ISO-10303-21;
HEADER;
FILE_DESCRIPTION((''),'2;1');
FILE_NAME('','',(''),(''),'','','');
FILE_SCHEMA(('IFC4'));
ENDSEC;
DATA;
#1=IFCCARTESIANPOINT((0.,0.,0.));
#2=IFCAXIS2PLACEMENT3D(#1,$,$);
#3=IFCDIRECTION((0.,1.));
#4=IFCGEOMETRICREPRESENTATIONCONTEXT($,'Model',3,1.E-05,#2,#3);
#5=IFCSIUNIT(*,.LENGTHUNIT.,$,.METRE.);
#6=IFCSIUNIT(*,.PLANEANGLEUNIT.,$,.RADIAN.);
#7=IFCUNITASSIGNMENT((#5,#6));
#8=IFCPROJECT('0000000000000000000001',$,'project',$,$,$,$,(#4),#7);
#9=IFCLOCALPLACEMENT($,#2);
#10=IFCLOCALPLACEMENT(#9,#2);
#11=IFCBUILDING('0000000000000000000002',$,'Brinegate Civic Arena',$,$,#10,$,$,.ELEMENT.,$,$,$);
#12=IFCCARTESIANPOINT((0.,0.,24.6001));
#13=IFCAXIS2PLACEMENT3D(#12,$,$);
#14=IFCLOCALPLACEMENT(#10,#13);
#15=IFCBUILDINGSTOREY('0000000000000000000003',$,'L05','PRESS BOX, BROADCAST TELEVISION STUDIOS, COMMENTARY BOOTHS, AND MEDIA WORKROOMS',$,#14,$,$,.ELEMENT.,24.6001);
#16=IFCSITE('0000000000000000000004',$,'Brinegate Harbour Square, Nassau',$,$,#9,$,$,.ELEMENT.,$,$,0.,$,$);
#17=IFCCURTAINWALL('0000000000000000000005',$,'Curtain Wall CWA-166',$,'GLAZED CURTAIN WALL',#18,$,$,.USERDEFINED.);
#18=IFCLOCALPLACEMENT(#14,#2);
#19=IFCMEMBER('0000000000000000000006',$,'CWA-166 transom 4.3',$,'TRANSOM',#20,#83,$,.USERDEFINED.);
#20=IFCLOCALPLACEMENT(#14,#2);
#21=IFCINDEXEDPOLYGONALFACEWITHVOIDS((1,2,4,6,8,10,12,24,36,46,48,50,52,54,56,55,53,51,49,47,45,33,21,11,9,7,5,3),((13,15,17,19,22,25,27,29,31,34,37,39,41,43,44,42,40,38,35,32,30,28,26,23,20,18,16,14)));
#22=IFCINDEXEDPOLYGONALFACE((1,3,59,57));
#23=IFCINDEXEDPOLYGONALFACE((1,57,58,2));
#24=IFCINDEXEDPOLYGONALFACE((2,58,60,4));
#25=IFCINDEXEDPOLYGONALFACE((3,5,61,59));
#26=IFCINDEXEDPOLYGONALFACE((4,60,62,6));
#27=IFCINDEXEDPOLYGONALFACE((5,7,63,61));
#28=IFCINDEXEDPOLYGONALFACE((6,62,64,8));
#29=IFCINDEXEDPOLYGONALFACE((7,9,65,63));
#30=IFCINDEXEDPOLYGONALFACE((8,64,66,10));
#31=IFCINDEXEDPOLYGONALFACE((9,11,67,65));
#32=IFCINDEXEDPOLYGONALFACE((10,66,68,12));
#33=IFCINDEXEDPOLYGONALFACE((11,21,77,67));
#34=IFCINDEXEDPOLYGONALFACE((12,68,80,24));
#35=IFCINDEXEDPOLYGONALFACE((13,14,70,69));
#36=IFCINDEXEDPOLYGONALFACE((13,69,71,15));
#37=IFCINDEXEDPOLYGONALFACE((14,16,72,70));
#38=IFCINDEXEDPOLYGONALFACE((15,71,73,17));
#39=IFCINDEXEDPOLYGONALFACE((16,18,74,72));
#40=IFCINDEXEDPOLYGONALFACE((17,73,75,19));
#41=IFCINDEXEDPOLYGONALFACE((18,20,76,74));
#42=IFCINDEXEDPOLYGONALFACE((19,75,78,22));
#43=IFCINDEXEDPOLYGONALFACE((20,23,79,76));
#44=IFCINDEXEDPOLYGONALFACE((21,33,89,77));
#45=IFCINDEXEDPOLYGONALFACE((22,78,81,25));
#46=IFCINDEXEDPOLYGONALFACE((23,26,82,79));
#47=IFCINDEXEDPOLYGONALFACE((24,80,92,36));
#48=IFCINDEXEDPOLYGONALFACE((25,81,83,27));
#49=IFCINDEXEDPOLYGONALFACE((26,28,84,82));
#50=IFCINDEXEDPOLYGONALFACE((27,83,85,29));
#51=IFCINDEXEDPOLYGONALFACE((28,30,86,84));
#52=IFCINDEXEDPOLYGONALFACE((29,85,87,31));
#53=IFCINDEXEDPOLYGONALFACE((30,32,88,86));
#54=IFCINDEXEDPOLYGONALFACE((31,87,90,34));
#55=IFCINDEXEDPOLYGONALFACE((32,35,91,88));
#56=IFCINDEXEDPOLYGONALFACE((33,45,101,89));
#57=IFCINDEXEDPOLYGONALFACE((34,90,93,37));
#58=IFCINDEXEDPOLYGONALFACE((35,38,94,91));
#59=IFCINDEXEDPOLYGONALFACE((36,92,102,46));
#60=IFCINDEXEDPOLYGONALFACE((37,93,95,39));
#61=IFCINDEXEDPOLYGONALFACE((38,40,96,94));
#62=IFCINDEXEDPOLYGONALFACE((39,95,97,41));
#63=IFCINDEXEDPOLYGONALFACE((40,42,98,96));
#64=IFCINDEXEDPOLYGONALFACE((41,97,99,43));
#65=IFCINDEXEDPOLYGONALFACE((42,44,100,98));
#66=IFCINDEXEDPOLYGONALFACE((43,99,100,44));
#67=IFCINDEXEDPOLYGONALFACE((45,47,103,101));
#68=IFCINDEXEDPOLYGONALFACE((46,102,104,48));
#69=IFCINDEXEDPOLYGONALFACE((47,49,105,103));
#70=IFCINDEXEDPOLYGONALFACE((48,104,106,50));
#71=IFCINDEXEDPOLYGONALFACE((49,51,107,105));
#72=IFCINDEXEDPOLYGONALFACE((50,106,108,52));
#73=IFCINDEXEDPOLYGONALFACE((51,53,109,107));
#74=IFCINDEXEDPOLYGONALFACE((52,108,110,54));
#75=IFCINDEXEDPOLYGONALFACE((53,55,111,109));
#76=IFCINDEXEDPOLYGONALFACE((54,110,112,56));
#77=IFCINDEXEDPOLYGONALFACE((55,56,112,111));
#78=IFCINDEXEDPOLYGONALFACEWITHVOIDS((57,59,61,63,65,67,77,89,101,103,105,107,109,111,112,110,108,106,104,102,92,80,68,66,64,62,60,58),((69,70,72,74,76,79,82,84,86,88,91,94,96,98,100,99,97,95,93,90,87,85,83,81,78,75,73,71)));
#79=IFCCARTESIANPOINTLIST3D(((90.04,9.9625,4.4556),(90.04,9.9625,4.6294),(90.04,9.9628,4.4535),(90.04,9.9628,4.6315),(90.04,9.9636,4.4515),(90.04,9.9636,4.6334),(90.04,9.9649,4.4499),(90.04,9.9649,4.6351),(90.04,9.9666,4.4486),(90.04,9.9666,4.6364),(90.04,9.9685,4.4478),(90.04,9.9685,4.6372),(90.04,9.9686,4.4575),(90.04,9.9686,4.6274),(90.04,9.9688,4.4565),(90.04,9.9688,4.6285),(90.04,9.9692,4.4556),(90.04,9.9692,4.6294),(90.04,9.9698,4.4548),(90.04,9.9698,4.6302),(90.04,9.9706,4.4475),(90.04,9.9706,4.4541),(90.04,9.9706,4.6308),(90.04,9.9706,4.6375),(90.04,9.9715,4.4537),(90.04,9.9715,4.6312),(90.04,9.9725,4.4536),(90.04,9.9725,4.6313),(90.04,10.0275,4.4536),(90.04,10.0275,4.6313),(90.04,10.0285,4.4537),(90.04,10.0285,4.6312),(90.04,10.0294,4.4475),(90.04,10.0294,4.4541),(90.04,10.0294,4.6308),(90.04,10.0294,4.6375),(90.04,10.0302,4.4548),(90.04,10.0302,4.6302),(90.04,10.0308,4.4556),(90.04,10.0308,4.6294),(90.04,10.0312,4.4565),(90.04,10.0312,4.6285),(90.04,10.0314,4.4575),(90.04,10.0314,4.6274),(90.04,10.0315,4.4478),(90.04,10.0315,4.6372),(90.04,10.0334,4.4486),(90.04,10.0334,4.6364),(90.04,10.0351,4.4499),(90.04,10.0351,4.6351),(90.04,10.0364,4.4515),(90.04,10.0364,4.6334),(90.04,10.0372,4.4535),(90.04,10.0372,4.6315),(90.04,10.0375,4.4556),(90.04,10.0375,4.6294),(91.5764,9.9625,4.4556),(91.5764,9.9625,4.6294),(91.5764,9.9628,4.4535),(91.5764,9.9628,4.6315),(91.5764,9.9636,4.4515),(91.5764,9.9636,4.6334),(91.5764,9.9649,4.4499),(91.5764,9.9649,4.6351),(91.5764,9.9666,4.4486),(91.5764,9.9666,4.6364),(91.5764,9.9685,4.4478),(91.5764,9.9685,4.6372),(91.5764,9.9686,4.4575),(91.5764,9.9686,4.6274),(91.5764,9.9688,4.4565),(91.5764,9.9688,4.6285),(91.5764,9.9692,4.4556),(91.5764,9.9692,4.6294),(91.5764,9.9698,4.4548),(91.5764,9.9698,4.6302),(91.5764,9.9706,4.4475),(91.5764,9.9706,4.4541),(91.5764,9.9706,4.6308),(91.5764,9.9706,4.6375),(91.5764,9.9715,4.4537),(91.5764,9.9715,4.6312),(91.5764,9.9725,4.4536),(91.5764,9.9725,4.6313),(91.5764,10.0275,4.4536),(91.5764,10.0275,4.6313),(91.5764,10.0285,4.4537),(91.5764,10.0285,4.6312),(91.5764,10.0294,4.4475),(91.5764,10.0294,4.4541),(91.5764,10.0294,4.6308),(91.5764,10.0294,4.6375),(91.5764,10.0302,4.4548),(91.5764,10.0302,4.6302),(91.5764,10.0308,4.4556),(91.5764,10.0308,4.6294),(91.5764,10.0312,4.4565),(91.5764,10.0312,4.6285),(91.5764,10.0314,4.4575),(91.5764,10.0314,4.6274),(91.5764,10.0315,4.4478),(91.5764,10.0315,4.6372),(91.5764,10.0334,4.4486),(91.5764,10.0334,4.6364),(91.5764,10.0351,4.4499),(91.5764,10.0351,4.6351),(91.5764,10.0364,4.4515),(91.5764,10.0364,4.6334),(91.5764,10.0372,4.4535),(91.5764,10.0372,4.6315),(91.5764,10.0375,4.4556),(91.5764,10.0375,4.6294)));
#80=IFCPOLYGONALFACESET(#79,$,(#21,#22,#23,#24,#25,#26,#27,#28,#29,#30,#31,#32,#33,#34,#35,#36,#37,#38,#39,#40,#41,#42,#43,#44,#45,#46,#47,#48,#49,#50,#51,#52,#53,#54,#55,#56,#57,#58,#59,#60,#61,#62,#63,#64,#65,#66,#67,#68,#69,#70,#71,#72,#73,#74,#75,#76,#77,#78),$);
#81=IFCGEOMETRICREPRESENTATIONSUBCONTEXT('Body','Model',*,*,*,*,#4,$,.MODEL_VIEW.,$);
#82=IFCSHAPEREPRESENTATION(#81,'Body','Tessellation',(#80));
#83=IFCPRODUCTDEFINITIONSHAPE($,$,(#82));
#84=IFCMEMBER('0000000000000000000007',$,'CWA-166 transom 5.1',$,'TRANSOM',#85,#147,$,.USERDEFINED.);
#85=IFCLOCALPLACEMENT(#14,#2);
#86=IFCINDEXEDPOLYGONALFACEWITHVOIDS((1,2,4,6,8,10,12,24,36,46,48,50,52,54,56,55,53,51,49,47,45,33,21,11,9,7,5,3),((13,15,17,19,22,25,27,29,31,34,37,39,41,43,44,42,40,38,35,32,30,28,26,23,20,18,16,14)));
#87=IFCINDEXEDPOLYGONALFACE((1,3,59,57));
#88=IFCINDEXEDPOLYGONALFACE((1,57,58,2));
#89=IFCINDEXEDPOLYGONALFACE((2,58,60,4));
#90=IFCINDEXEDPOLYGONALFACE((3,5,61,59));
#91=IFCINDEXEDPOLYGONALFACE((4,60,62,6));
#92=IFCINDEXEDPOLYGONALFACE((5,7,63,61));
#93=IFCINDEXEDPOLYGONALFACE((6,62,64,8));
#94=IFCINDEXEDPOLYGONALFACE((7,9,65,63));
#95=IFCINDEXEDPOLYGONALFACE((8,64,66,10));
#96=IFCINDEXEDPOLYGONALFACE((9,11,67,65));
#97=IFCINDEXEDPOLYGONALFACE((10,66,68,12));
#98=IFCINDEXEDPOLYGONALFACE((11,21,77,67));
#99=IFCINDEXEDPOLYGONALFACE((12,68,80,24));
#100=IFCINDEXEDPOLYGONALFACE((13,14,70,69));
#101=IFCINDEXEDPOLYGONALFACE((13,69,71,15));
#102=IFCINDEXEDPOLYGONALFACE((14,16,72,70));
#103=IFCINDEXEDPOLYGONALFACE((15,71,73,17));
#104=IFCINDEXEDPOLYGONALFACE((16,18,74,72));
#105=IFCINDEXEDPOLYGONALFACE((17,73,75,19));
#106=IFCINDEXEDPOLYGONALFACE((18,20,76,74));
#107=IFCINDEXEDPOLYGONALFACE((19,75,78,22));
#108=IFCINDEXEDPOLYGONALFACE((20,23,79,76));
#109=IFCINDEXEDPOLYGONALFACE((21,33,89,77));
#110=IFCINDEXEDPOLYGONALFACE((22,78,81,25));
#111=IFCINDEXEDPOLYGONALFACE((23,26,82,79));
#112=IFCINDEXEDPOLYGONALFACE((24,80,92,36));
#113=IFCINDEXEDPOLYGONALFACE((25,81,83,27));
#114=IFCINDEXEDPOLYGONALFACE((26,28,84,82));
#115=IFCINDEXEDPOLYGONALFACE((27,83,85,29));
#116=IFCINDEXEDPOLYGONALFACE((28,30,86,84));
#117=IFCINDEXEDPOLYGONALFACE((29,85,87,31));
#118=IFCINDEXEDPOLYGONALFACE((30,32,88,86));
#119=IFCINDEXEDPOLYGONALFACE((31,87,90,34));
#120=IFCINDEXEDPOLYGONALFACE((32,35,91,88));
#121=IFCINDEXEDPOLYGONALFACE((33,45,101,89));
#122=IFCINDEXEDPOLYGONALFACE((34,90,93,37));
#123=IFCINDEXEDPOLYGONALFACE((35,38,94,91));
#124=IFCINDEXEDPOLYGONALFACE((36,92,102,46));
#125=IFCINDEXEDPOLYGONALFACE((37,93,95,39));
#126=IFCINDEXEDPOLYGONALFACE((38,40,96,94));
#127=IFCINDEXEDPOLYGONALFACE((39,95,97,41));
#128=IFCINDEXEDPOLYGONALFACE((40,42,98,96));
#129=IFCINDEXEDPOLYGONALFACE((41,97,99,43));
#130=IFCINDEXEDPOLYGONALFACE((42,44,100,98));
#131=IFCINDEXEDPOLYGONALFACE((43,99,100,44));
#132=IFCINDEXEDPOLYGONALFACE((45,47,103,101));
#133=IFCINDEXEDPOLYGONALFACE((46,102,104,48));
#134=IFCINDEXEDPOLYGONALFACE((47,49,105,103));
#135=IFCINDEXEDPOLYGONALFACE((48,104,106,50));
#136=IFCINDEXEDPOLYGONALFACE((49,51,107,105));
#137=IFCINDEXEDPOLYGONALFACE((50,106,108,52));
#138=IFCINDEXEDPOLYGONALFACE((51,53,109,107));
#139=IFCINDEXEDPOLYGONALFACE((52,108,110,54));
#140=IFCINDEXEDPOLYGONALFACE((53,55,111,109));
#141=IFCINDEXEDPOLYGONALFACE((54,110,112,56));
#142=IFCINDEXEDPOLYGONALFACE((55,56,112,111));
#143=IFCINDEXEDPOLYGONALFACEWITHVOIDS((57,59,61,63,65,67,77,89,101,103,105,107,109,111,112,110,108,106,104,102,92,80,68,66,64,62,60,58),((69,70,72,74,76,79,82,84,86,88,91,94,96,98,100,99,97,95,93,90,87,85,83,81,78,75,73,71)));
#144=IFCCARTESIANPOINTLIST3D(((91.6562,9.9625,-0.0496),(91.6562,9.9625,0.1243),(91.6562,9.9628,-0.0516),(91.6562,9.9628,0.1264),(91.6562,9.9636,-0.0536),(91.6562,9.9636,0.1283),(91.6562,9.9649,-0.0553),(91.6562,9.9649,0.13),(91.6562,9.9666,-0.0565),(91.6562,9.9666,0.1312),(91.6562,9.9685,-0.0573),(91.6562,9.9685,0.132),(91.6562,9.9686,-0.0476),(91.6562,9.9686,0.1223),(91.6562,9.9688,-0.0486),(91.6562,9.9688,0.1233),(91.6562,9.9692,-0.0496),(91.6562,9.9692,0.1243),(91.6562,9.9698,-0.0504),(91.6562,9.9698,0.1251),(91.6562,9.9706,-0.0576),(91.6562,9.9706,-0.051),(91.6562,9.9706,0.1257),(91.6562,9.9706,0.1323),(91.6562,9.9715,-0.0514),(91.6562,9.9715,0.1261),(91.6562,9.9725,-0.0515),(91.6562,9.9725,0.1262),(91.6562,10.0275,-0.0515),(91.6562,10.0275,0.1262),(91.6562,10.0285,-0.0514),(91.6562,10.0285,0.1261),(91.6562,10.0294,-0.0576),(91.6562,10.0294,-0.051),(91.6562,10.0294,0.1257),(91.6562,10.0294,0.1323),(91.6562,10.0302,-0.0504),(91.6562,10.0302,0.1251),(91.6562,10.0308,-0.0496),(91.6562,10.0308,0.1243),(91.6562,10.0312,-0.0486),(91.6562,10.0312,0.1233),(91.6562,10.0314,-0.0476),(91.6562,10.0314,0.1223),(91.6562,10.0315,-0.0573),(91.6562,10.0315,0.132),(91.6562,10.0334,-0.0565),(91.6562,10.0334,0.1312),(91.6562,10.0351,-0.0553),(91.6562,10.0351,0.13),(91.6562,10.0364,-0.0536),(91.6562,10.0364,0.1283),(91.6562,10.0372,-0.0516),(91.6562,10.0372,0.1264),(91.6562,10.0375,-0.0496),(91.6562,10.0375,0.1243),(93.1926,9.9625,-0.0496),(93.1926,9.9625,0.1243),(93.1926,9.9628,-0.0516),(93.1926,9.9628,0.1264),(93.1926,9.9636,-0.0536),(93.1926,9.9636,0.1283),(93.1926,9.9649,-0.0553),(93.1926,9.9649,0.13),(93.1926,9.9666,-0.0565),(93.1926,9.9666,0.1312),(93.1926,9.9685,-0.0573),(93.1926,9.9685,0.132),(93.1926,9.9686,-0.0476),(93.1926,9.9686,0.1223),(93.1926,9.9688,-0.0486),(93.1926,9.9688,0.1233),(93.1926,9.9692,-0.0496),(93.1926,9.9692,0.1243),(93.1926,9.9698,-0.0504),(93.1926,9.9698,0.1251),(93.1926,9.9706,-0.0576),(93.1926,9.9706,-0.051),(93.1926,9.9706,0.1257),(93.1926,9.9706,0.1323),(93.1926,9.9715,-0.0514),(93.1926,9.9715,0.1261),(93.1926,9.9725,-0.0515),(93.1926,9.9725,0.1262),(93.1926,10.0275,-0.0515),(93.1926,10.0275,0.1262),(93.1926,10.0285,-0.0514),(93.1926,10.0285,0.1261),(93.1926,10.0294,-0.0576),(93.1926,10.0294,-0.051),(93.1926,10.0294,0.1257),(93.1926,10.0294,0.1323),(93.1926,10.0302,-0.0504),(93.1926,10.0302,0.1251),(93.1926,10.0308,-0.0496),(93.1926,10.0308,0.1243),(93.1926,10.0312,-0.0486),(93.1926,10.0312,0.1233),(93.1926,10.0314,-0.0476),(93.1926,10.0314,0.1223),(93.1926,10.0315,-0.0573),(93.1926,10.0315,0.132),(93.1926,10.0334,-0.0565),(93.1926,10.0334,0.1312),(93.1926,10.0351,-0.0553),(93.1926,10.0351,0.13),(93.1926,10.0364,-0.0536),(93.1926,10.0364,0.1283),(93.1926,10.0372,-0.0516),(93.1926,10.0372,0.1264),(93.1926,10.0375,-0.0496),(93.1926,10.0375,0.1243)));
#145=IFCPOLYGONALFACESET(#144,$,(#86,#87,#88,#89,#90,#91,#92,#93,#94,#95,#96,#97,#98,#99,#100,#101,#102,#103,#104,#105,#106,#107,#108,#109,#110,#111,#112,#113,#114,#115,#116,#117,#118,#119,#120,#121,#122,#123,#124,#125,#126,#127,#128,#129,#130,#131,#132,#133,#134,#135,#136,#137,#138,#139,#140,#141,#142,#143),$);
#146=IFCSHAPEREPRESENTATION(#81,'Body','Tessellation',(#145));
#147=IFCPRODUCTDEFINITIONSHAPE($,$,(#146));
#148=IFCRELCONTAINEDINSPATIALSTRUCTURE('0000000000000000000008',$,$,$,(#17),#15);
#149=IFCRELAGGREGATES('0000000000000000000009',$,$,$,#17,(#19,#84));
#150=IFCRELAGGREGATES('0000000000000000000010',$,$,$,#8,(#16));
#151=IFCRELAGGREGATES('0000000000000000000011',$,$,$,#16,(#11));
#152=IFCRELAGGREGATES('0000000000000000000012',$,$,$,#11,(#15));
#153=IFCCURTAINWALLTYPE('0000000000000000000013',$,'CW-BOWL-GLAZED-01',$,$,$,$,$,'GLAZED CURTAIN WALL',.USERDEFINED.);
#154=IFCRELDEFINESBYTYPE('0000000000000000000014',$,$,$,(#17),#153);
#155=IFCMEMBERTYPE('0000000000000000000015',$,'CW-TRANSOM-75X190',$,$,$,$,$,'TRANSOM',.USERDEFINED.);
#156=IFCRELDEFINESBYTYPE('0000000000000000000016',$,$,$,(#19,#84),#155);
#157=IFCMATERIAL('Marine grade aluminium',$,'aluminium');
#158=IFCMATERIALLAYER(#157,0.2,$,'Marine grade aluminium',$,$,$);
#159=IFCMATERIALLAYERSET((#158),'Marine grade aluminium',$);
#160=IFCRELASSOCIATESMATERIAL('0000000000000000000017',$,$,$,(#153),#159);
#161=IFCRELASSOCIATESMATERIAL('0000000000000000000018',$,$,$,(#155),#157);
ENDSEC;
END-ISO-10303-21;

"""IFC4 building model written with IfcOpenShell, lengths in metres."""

from ifc_helpers import new_model, si_unit, direction, frame, origin, origin_2d, place, context, subcontext, project, spatial, hollow_rectangle, extrude, material, layer, layer_set, material_profile, profile_set, type_object, element, aggregate, save


model = new_model("IFC4")

# Units and contexts
model_context = context("Model", 3, precision=1e-05, world=origin(), true_north=direction((0.0, 1.0)))
body_context = subcontext(model_context, "Body", "Model", "MODEL_VIEW")
ifc_project = project(units=[si_unit("LENGTHUNIT", "METRE"), si_unit("PLANEANGLEUNIT", "RADIAN")], contexts=[model_context])

# Site, building, storey
site_placement = place(None, origin())
site = spatial("IfcSite", under=ifc_project, at=site_placement, Name="Brinegate Harbour Square, Nassau", CompositionType="ELEMENT", RefElevation=0.0)
building_placement = place(site_placement, origin())
building = spatial("IfcBuilding", under=site, at=building_placement, Name="Brinegate Civic Arena", CompositionType="ELEMENT")
storey_placement = place(building_placement, frame((0.0, 0.0, 24.6001)))
storey = spatial("IfcBuildingStorey", under=building, at=storey_placement, Name="L05", Description="PRESS BOX, BROADCAST TELEVISION STUDIOS, COMMENTARY BOOTHS, AND MEDIA WORKROOMS", CompositionType="ELEMENT", Elevation=24.6001)

# Shared definitions
ifc_material_1 = material(Name="Marine grade aluminium", Category="aluminium")
ifc_layer_1 = layer(ifc_material_1, 0.2, Name="Marine grade aluminium")
ifc_layer_set_1 = layer_set([ifc_layer_1], Name="Marine grade aluminium")
curtain_wall_type = type_object("IfcCurtainWallType", Name="CW-BOWL-GLAZED-01", ElementType="GLAZED CURTAIN WALL", PredefinedType="USERDEFINED", material=ifc_layer_set_1)

# Curtain wall
curtain_wall_1_placement = place(storey_placement, origin())
curtain_wall_1 = element("IfcCurtainWall", 1, at=curtain_wall_1_placement, inside=storey, type_object=curtain_wall_type, Name="Curtain Wall CWA-166", ObjectType="GLAZED CURTAIN WALL", PredefinedType="USERDEFINED")

# Members
ifc_material_profile_1 = material_profile(ifc_material_1, hollow_rectangle(XDim=0.075, YDim=0.1899, WallThickness=0.0061, InnerFilletRadius=0.0039, OuterFilletRadius=0.0081, at=origin_2d()), Name="TRN75X190")
ifc_profile_set_1 = profile_set([ifc_material_profile_1], Name="Marine grade aluminium")
member_type_1 = type_object("IfcMemberType", Name="CW-TRANSOM-75X190", ElementType="TRANSOM", PredefinedType="USERDEFINED", material=ifc_profile_set_1)
member_1_placement = place(storey_placement, frame((90.04, 10.0, 4.5425), z_axis=(1.0, 0.0, 0.0), x_axis=(0.0, 1.0, 0.0)))
member_1 = element("IfcMember", 2, at=member_1_placement, type_object=member_type_1, Name="CWA-166 transom 4.3", ObjectType="TRANSOM", PredefinedType="USERDEFINED", context=body_context, shape_type="SweptSolid", body=[
    extrude(hollow_rectangle(XDim=0.075, YDim=0.1899, WallThickness=0.0061, InnerFilletRadius=0.0039, OuterFilletRadius=0.0081, at=origin_2d()), origin(), (0.0, 0.0, 1.0), 1.5364),
])
member_2_placement = place(storey_placement, frame((91.6562, 10.0, 0.0374), z_axis=(1.0, 0.0, 0.0), x_axis=(0.0, 1.0, 0.0)))
member_2 = element("IfcMember", 3, at=member_2_placement, type_object=member_type_1, Name="CWA-166 transom 5.1", ObjectType="TRANSOM", PredefinedType="USERDEFINED", context=body_context, shape_type="SweptSolid", body=[
    extrude(hollow_rectangle(XDim=0.075, YDim=0.1899, WallThickness=0.0061, InnerFilletRadius=0.0039, OuterFilletRadius=0.0081, at=origin_2d()), origin(), (0.0, 0.0, 1.0), 1.5364),
])

aggregate(curtain_wall_1, [member_1, member_2])

save(model, "model.ifc")
